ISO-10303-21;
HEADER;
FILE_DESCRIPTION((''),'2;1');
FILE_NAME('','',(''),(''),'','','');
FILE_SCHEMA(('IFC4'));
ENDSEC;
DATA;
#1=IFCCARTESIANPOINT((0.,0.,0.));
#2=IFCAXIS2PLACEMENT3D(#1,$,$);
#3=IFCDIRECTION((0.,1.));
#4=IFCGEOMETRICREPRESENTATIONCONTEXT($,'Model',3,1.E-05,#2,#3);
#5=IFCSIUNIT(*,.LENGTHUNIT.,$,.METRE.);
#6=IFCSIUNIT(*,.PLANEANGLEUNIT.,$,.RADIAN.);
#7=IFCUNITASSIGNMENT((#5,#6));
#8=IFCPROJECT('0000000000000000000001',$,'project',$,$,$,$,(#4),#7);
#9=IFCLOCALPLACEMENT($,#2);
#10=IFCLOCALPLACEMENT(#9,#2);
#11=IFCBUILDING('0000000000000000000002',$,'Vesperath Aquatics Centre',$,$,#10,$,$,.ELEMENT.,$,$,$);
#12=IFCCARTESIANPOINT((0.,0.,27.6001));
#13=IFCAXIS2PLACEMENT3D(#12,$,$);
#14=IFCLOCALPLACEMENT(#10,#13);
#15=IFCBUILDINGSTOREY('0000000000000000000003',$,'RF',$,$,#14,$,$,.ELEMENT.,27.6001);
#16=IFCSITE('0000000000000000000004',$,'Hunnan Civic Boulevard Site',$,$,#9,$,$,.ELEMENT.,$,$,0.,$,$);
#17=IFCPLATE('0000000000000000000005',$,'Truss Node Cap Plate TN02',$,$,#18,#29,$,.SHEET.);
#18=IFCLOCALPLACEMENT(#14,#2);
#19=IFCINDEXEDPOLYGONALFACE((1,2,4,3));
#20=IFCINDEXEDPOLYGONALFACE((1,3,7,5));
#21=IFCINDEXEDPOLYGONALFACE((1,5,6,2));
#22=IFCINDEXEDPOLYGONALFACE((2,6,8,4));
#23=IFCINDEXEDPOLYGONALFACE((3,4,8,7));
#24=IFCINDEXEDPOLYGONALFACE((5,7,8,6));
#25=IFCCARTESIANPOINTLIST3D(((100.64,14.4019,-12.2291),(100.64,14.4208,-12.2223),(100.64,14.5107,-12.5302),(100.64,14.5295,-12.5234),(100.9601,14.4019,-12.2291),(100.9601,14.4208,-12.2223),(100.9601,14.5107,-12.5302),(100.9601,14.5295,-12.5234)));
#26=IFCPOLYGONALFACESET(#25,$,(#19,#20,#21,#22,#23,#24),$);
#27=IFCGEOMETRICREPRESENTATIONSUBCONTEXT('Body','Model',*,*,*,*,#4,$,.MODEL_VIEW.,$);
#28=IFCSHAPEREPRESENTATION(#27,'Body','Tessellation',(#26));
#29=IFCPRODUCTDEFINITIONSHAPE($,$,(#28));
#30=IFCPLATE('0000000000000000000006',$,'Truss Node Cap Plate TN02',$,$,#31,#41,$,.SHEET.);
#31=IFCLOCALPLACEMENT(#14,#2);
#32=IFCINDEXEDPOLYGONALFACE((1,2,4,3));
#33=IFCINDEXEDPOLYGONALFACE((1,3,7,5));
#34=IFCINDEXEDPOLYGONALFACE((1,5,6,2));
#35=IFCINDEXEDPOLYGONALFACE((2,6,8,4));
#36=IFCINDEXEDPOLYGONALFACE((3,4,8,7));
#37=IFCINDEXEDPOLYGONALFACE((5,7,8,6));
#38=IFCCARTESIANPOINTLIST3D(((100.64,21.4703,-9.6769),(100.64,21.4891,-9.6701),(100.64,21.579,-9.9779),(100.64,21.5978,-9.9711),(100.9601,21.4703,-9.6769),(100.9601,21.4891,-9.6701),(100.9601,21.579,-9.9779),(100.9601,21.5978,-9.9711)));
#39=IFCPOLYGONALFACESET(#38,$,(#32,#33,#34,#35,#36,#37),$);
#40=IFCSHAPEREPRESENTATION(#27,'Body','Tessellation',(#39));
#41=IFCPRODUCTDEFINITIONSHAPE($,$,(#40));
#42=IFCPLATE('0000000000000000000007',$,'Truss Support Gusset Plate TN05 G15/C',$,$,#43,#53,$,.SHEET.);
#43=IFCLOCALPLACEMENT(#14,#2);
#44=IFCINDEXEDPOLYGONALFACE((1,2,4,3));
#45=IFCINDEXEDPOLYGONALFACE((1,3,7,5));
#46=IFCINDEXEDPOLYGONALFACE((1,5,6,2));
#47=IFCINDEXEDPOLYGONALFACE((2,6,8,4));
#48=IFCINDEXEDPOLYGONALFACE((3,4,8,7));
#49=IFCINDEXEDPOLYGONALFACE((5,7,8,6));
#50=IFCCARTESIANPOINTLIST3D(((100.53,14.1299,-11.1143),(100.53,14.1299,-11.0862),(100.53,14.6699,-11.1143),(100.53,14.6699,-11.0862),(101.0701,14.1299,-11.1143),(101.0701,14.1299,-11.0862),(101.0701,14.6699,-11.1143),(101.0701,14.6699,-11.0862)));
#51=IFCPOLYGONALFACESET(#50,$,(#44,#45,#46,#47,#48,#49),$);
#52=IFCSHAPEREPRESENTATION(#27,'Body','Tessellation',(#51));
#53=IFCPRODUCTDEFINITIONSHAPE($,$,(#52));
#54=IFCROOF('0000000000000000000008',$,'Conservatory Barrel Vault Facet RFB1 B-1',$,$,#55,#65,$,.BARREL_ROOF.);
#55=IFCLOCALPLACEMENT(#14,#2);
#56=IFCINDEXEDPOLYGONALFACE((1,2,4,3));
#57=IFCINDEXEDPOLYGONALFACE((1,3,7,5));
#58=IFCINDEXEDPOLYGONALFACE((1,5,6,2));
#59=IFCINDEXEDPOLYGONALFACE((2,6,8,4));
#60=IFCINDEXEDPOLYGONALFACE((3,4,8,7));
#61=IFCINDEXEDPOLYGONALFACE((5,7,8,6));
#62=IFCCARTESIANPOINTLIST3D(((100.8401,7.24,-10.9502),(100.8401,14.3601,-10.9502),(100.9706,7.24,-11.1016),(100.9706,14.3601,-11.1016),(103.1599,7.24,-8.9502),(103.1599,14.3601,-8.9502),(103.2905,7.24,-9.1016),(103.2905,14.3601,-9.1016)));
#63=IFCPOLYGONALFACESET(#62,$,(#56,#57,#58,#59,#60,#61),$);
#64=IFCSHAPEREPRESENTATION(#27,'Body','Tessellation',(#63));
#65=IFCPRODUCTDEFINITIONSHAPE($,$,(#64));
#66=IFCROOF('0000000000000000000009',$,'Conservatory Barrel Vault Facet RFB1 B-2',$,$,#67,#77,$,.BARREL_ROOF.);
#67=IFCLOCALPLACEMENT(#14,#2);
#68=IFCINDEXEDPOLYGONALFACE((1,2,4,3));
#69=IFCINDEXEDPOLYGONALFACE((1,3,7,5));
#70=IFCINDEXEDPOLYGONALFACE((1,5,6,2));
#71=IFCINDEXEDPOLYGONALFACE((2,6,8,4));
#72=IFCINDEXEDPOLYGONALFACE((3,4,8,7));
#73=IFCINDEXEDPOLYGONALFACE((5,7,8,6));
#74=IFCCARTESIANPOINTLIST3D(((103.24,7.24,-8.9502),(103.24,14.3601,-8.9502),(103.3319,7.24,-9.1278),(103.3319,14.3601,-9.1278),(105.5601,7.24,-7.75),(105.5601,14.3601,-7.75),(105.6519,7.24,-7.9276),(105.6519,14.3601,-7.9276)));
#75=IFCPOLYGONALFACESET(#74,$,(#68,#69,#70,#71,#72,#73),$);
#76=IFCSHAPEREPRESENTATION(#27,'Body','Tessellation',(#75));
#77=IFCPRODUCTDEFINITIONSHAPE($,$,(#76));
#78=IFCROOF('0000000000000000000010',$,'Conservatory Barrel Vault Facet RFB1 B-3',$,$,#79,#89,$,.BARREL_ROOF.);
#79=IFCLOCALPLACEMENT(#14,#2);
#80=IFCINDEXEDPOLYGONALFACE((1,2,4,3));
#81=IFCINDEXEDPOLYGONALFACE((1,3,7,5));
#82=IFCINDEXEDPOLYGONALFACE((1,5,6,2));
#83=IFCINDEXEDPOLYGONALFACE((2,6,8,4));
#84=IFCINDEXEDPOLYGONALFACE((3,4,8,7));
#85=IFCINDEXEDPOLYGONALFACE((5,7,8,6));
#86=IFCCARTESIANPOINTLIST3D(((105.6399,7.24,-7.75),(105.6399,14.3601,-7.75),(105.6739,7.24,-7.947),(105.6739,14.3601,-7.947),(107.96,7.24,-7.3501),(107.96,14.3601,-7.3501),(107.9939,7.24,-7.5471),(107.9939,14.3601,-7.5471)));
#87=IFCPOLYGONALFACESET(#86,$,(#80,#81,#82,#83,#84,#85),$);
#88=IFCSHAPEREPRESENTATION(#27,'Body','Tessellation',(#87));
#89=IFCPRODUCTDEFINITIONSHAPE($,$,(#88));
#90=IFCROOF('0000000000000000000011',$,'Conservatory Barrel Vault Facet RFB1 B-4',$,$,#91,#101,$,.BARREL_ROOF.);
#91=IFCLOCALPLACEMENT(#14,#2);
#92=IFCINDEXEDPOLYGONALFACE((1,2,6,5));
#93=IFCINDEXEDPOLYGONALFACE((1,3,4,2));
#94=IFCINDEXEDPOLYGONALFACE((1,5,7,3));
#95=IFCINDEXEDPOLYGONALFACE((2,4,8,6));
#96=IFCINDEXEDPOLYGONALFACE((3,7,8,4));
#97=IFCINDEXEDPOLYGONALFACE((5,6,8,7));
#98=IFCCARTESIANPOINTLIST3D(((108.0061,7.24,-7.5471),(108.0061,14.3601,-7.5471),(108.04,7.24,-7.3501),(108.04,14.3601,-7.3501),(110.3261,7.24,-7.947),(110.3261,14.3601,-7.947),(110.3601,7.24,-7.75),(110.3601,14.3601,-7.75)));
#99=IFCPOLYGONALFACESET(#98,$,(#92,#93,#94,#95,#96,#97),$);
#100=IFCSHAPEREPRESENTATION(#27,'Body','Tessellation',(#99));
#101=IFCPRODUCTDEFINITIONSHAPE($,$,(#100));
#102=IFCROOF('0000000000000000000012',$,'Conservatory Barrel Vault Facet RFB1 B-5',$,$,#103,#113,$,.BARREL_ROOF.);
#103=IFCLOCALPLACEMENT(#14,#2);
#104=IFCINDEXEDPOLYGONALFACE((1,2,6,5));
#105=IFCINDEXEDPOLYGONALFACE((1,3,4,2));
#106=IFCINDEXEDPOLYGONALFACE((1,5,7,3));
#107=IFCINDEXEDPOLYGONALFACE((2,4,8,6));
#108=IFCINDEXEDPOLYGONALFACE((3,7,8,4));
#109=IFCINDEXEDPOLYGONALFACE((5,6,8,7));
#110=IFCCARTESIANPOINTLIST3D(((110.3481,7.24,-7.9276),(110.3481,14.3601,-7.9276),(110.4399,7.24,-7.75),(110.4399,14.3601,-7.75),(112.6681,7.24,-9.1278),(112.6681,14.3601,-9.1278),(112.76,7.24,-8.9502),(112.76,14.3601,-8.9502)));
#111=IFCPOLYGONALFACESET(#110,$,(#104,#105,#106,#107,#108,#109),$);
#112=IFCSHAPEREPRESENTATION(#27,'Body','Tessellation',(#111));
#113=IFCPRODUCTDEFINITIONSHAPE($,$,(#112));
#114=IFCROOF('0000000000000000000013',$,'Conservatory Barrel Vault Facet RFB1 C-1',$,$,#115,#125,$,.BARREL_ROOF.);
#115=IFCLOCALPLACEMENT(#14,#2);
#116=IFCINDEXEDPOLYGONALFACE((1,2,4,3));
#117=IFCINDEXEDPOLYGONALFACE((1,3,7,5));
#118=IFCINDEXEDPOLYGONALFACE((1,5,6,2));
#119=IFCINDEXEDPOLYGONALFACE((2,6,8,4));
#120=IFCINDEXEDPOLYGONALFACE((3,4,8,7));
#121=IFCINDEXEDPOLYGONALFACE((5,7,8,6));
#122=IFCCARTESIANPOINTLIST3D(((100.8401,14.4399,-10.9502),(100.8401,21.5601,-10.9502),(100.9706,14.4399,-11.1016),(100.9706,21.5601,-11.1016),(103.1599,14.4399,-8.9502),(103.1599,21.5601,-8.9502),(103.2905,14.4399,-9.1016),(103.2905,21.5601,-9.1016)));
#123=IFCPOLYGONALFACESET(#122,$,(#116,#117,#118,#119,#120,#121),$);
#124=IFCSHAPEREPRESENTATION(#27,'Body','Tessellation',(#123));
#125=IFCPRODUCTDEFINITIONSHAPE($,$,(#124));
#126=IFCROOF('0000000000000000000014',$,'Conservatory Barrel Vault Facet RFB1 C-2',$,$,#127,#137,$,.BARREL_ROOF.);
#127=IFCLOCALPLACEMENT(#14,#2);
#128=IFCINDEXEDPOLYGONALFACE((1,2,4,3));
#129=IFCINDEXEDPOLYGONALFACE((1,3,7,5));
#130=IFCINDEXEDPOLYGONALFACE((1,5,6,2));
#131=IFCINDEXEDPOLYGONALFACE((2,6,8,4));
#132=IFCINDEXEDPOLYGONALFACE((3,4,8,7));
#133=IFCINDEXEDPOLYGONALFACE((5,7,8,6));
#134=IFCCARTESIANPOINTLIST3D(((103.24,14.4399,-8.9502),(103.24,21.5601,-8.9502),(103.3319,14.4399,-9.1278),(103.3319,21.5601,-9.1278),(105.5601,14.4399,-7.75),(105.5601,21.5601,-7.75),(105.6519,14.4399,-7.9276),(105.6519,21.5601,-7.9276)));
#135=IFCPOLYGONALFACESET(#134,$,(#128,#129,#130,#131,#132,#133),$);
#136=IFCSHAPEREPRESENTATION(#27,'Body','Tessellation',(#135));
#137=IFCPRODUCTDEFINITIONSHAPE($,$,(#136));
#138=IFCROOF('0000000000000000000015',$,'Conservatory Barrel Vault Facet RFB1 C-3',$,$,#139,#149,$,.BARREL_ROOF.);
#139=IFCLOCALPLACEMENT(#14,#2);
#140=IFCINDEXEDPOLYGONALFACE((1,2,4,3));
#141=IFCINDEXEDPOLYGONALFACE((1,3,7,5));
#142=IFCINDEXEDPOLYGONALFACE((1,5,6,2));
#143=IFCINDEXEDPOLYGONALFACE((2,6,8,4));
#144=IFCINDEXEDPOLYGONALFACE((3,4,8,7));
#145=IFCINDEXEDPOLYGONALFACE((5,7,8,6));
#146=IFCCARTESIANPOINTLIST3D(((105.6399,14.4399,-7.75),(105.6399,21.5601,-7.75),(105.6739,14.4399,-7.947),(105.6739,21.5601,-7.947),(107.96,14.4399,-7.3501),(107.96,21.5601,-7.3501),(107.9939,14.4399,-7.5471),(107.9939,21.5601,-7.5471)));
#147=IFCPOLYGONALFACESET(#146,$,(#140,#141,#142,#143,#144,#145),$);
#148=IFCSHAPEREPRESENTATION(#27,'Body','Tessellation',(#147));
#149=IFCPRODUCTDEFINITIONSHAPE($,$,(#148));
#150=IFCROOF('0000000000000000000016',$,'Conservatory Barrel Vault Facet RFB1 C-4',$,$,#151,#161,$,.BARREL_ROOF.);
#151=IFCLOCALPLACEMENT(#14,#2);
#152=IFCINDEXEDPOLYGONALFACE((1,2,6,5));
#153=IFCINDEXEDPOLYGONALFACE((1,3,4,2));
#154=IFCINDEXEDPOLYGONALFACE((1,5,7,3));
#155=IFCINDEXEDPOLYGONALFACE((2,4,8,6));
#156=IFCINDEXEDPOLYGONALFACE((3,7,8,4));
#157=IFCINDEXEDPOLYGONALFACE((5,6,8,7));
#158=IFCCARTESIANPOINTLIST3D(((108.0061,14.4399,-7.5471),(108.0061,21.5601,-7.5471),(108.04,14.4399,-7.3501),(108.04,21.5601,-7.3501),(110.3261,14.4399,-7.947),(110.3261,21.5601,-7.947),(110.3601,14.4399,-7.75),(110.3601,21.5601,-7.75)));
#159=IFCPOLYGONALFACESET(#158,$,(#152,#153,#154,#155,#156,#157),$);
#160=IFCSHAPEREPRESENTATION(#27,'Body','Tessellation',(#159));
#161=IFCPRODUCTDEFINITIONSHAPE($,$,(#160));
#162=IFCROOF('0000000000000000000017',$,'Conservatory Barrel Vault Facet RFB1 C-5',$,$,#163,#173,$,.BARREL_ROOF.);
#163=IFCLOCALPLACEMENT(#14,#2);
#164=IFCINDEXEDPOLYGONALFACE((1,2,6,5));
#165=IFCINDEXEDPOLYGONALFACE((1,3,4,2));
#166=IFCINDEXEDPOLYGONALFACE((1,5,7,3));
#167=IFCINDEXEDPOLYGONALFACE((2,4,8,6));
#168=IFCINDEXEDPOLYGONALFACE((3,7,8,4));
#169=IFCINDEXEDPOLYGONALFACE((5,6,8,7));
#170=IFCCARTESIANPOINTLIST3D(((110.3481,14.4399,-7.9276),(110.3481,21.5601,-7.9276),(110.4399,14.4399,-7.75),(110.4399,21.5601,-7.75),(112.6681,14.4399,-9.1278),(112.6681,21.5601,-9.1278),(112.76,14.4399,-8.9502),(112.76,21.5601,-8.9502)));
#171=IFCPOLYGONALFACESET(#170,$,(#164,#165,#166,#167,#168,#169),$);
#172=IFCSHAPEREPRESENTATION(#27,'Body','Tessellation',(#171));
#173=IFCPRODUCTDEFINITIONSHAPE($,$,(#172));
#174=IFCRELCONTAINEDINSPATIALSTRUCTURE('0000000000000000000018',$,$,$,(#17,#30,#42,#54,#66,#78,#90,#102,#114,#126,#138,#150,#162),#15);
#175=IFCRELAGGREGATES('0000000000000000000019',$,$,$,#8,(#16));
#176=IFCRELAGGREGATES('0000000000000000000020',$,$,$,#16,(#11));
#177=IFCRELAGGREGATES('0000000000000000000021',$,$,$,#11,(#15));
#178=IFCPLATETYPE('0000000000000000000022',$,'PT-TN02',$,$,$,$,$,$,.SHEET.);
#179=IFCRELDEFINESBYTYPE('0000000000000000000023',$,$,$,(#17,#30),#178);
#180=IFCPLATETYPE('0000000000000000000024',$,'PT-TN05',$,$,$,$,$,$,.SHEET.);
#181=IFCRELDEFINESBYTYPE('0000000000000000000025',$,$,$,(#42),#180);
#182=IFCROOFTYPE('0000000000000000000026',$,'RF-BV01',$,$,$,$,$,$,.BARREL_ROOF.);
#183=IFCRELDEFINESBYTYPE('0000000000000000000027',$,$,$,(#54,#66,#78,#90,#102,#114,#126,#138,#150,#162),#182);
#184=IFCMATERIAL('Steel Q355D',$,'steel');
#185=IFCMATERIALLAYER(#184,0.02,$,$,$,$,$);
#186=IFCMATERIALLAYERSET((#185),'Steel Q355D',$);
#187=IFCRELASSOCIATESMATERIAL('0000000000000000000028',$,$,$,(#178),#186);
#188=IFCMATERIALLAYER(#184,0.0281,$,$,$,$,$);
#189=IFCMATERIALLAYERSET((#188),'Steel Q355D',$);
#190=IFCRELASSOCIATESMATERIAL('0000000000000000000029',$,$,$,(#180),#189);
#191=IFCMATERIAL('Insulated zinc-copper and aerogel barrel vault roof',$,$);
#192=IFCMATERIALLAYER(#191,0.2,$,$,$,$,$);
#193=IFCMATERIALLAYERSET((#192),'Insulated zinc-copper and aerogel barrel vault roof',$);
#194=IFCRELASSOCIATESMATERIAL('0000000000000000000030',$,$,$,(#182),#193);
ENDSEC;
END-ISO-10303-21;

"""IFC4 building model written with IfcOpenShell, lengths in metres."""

from ifc_helpers import new_model, si_unit, direction, frame, origin, origin_2d, place, context, subcontext, project, spatial, polyline, rectangle, outline, extrude, material, layer, layer_set, type_object, element, save


model = new_model("IFC4")

# Units and contexts
model_context = context("Model", 3, precision=1e-05, world=origin(), true_north=direction((0.0, 1.0)))
body_context = subcontext(model_context, "Body", "Model", "MODEL_VIEW")
ifc_project = project(units=[si_unit("LENGTHUNIT", "METRE"), si_unit("PLANEANGLEUNIT", "RADIAN")], contexts=[model_context])

# Site, building, storey
site_placement = place(None, origin())
site = spatial("IfcSite", under=ifc_project, at=site_placement, Name="Hunnan Civic Boulevard Site", CompositionType="ELEMENT", RefElevation=0.0)
building_placement = place(site_placement, origin())
building = spatial("IfcBuilding", under=site, at=building_placement, Name="Vesperath Aquatics Centre", CompositionType="ELEMENT")
storey_placement = place(building_placement, frame((0.0, 0.0, 27.6001)))
storey = spatial("IfcBuildingStorey", under=building, at=storey_placement, Name="RF", CompositionType="ELEMENT", Elevation=27.6001)

# Shared definitions
ifc_material_1 = material(Name="Steel Q355D", Category="steel")

# Plates
ifc_layer_1 = layer(ifc_material_1, 0.02)
ifc_layer_set_1 = layer_set([ifc_layer_1], Name="Steel Q355D")
plate_type_1 = type_object("IfcPlateType", Name="PT-TN02", PredefinedType="SHEET", material=ifc_layer_set_1)
for number, where, z_axis, x_axis, name in (
    (1, (100.8, 14.4563, -12.3796), (0.0, 0.940554, 0.339644), (-1.0, 0.0, 0.0), "Truss Node Cap Plate TN02"),
    (2, (100.8, 21.5247, -9.8274), (0.0, 0.940554, 0.339644), (-1.0, 0.0, 0.0), "Truss Node Cap Plate TN02"),
):
    element("IfcPlate", number, at=place(storey_placement, frame(where, z_axis=z_axis, x_axis=x_axis)), inside=storey, type_object=plate_type_1, Name=name, PredefinedType="SHEET", context=body_context, shape_type="SweptSolid", body=[
        extrude(rectangle(XDim=0.3201, YDim=0.3201, at=origin_2d()), origin(), (0.0, 0.0, 1.0), 0.02),
    ])
ifc_layer_2 = layer(ifc_material_1, 0.0281)
ifc_layer_set_2 = layer_set([ifc_layer_2], Name="Steel Q355D")
plate_type_2 = type_object("IfcPlateType", Name="PT-TN05", PredefinedType="SHEET", material=ifc_layer_set_2)
plate_placement = place(storey_placement, frame((100.8, 14.3999, -11.1143), z_axis=(0.0, 0.0, 1.0), x_axis=(0.0, 1.0, 0.0)))
element("IfcPlate", 3, at=plate_placement, inside=storey, type_object=plate_type_2, Name="Truss Support Gusset Plate TN05 G15/C", PredefinedType="SHEET", context=body_context, shape_type="SweptSolid", body=[
    extrude(rectangle(XDim=0.54, YDim=0.54, at=origin_2d()), origin(), (0.0, 0.0, 1.0), 0.0281),
])

# Roofs
ifc_material_2 = material(Name="Insulated zinc-copper and aerogel barrel vault roof")
ifc_layer_3 = layer(ifc_material_2, 0.2)
ifc_layer_set_3 = layer_set([ifc_layer_3], Name="Insulated zinc-copper and aerogel barrel vault roof")
roof_type = type_object("IfcRoofType", Name="RF-BV01", PredefinedType="BARREL_ROOF", material=ifc_layer_set_3)
roof_1_placement = place(storey_placement, frame((100.8401, 7.24, -10.9502), z_axis=(-0.652968, 0.0, 0.757385), x_axis=(0.757385, 0.0, 0.652968)))
element("IfcRoof", 4, at=roof_1_placement, inside=storey, type_object=roof_type, Name="Conservatory Barrel Vault Facet RFB1 B-1", PredefinedType="BARREL_ROOF", context=body_context, shape_type="SweptSolid", body=[
    extrude(outline(polyline([(0.0, 0.0), (3.0629, 0.0), (3.0629, 7.1201), (0.0, 7.1201), (0.0, 0.0)])), origin(), (0.0, 0.0, -1.0), 0.2),
])
roof_2_placement = place(storey_placement, frame((103.24, 7.24, -8.9502), z_axis=(-0.459471, 0.0, 0.888193), x_axis=(0.888193, 0.0, 0.459471)))
element("IfcRoof", 5, at=roof_2_placement, inside=storey, type_object=roof_type, Name="Conservatory Barrel Vault Facet RFB1 B-2", PredefinedType="BARREL_ROOF", context=body_context, shape_type="SweptSolid", body=[
    extrude(outline(polyline([(0.0, 0.0), (2.6121, 0.0), (2.6121, 7.1201), (0.0, 7.1201), (0.0, 0.0)])), origin(), (0.0, 0.0, -1.0), 0.2),
])
for number, where, z_axis, x_axis, name in (
    (6, (105.6399, 7.24, -7.75), (-0.169862, 0.0, 0.985468), (0.985468, 0.0, 0.169862), "Conservatory Barrel Vault Facet RFB1 B-3"),
    (7, (108.04, 7.24, -7.3501), (0.169862, 0.0, 0.985468), (0.985468, 0.0, -0.169862), "Conservatory Barrel Vault Facet RFB1 B-4"),
):
    element("IfcRoof", number, at=place(storey_placement, frame(where, z_axis=z_axis, x_axis=x_axis)), inside=storey, type_object=roof_type, Name=name, PredefinedType="BARREL_ROOF", context=body_context, shape_type="SweptSolid", body=[
        extrude(outline(polyline([(0.0, 0.0), (2.3543, 0.0), (2.3543, 7.1201), (0.0, 7.1201), (0.0, 0.0)])), origin(), (0.0, 0.0, -1.0), 0.2),
    ])
roof_3_placement = place(storey_placement, frame((110.4399, 7.24, -7.75), z_axis=(0.459471, 0.0, 0.888193), x_axis=(0.888193, 0.0, -0.459471)))
element("IfcRoof", 8, at=roof_3_placement, inside=storey, type_object=roof_type, Name="Conservatory Barrel Vault Facet RFB1 B-5", PredefinedType="BARREL_ROOF", context=body_context, shape_type="SweptSolid", body=[
    extrude(outline(polyline([(0.0, 0.0), (2.6121, 0.0), (2.6121, 7.1201), (0.0, 7.1201), (0.0, 0.0)])), origin(), (0.0, 0.0, -1.0), 0.2),
])
roof_4_placement = place(storey_placement, frame((100.8401, 14.4399, -10.9502), z_axis=(-0.652968, 0.0, 0.757385), x_axis=(0.757385, 0.0, 0.652968)))
element("IfcRoof", 9, at=roof_4_placement, inside=storey, type_object=roof_type, Name="Conservatory Barrel Vault Facet RFB1 C-1", PredefinedType="BARREL_ROOF", context=body_context, shape_type="SweptSolid", body=[
    extrude(outline(polyline([(0.0, 0.0), (3.0629, 0.0), (3.0629, 7.1201), (0.0, 7.1201), (0.0, 0.0)])), origin(), (0.0, 0.0, -1.0), 0.2),
])
roof_5_placement = place(storey_placement, frame((103.24, 14.4399, -8.9502), z_axis=(-0.459471, 0.0, 0.888193), x_axis=(0.888193, 0.0, 0.459471)))
element("IfcRoof", 10, at=roof_5_placement, inside=storey, type_object=roof_type, Name="Conservatory Barrel Vault Facet RFB1 C-2", PredefinedType="BARREL_ROOF", context=body_context, shape_type="SweptSolid", body=[
    extrude(outline(polyline([(0.0, 0.0), (2.6121, 0.0), (2.6121, 7.1201), (0.0, 7.1201), (0.0, 0.0)])), origin(), (0.0, 0.0, -1.0), 0.2),
])
for number, where, z_axis, x_axis, name in (
    (11, (105.6399, 14.4399, -7.75), (-0.169862, 0.0, 0.985468), (0.985468, 0.0, 0.169862), "Conservatory Barrel Vault Facet RFB1 C-3"),
    (12, (108.04, 14.4399, -7.3501), (0.169862, 0.0, 0.985468), (0.985468, 0.0, -0.169862), "Conservatory Barrel Vault Facet RFB1 C-4"),
):
    element("IfcRoof", number, at=place(storey_placement, frame(where, z_axis=z_axis, x_axis=x_axis)), inside=storey, type_object=roof_type, Name=name, PredefinedType="BARREL_ROOF", context=body_context, shape_type="SweptSolid", body=[
        extrude(outline(polyline([(0.0, 0.0), (2.3543, 0.0), (2.3543, 7.1201), (0.0, 7.1201), (0.0, 0.0)])), origin(), (0.0, 0.0, -1.0), 0.2),
    ])
roof_6_placement = place(storey_placement, frame((110.4399, 14.4399, -7.75), z_axis=(0.459471, 0.0, 0.888193), x_axis=(0.888193, 0.0, -0.459471)))
element("IfcRoof", 13, at=roof_6_placement, inside=storey, type_object=roof_type, Name="Conservatory Barrel Vault Facet RFB1 C-5", PredefinedType="BARREL_ROOF", context=body_context, shape_type="SweptSolid", body=[
    extrude(outline(polyline([(0.0, 0.0), (2.6121, 0.0), (2.6121, 7.1201), (0.0, 7.1201), (0.0, 0.0)])), origin(), (0.0, 0.0, -1.0), 0.2),
])

save(model, "model.ifc")
